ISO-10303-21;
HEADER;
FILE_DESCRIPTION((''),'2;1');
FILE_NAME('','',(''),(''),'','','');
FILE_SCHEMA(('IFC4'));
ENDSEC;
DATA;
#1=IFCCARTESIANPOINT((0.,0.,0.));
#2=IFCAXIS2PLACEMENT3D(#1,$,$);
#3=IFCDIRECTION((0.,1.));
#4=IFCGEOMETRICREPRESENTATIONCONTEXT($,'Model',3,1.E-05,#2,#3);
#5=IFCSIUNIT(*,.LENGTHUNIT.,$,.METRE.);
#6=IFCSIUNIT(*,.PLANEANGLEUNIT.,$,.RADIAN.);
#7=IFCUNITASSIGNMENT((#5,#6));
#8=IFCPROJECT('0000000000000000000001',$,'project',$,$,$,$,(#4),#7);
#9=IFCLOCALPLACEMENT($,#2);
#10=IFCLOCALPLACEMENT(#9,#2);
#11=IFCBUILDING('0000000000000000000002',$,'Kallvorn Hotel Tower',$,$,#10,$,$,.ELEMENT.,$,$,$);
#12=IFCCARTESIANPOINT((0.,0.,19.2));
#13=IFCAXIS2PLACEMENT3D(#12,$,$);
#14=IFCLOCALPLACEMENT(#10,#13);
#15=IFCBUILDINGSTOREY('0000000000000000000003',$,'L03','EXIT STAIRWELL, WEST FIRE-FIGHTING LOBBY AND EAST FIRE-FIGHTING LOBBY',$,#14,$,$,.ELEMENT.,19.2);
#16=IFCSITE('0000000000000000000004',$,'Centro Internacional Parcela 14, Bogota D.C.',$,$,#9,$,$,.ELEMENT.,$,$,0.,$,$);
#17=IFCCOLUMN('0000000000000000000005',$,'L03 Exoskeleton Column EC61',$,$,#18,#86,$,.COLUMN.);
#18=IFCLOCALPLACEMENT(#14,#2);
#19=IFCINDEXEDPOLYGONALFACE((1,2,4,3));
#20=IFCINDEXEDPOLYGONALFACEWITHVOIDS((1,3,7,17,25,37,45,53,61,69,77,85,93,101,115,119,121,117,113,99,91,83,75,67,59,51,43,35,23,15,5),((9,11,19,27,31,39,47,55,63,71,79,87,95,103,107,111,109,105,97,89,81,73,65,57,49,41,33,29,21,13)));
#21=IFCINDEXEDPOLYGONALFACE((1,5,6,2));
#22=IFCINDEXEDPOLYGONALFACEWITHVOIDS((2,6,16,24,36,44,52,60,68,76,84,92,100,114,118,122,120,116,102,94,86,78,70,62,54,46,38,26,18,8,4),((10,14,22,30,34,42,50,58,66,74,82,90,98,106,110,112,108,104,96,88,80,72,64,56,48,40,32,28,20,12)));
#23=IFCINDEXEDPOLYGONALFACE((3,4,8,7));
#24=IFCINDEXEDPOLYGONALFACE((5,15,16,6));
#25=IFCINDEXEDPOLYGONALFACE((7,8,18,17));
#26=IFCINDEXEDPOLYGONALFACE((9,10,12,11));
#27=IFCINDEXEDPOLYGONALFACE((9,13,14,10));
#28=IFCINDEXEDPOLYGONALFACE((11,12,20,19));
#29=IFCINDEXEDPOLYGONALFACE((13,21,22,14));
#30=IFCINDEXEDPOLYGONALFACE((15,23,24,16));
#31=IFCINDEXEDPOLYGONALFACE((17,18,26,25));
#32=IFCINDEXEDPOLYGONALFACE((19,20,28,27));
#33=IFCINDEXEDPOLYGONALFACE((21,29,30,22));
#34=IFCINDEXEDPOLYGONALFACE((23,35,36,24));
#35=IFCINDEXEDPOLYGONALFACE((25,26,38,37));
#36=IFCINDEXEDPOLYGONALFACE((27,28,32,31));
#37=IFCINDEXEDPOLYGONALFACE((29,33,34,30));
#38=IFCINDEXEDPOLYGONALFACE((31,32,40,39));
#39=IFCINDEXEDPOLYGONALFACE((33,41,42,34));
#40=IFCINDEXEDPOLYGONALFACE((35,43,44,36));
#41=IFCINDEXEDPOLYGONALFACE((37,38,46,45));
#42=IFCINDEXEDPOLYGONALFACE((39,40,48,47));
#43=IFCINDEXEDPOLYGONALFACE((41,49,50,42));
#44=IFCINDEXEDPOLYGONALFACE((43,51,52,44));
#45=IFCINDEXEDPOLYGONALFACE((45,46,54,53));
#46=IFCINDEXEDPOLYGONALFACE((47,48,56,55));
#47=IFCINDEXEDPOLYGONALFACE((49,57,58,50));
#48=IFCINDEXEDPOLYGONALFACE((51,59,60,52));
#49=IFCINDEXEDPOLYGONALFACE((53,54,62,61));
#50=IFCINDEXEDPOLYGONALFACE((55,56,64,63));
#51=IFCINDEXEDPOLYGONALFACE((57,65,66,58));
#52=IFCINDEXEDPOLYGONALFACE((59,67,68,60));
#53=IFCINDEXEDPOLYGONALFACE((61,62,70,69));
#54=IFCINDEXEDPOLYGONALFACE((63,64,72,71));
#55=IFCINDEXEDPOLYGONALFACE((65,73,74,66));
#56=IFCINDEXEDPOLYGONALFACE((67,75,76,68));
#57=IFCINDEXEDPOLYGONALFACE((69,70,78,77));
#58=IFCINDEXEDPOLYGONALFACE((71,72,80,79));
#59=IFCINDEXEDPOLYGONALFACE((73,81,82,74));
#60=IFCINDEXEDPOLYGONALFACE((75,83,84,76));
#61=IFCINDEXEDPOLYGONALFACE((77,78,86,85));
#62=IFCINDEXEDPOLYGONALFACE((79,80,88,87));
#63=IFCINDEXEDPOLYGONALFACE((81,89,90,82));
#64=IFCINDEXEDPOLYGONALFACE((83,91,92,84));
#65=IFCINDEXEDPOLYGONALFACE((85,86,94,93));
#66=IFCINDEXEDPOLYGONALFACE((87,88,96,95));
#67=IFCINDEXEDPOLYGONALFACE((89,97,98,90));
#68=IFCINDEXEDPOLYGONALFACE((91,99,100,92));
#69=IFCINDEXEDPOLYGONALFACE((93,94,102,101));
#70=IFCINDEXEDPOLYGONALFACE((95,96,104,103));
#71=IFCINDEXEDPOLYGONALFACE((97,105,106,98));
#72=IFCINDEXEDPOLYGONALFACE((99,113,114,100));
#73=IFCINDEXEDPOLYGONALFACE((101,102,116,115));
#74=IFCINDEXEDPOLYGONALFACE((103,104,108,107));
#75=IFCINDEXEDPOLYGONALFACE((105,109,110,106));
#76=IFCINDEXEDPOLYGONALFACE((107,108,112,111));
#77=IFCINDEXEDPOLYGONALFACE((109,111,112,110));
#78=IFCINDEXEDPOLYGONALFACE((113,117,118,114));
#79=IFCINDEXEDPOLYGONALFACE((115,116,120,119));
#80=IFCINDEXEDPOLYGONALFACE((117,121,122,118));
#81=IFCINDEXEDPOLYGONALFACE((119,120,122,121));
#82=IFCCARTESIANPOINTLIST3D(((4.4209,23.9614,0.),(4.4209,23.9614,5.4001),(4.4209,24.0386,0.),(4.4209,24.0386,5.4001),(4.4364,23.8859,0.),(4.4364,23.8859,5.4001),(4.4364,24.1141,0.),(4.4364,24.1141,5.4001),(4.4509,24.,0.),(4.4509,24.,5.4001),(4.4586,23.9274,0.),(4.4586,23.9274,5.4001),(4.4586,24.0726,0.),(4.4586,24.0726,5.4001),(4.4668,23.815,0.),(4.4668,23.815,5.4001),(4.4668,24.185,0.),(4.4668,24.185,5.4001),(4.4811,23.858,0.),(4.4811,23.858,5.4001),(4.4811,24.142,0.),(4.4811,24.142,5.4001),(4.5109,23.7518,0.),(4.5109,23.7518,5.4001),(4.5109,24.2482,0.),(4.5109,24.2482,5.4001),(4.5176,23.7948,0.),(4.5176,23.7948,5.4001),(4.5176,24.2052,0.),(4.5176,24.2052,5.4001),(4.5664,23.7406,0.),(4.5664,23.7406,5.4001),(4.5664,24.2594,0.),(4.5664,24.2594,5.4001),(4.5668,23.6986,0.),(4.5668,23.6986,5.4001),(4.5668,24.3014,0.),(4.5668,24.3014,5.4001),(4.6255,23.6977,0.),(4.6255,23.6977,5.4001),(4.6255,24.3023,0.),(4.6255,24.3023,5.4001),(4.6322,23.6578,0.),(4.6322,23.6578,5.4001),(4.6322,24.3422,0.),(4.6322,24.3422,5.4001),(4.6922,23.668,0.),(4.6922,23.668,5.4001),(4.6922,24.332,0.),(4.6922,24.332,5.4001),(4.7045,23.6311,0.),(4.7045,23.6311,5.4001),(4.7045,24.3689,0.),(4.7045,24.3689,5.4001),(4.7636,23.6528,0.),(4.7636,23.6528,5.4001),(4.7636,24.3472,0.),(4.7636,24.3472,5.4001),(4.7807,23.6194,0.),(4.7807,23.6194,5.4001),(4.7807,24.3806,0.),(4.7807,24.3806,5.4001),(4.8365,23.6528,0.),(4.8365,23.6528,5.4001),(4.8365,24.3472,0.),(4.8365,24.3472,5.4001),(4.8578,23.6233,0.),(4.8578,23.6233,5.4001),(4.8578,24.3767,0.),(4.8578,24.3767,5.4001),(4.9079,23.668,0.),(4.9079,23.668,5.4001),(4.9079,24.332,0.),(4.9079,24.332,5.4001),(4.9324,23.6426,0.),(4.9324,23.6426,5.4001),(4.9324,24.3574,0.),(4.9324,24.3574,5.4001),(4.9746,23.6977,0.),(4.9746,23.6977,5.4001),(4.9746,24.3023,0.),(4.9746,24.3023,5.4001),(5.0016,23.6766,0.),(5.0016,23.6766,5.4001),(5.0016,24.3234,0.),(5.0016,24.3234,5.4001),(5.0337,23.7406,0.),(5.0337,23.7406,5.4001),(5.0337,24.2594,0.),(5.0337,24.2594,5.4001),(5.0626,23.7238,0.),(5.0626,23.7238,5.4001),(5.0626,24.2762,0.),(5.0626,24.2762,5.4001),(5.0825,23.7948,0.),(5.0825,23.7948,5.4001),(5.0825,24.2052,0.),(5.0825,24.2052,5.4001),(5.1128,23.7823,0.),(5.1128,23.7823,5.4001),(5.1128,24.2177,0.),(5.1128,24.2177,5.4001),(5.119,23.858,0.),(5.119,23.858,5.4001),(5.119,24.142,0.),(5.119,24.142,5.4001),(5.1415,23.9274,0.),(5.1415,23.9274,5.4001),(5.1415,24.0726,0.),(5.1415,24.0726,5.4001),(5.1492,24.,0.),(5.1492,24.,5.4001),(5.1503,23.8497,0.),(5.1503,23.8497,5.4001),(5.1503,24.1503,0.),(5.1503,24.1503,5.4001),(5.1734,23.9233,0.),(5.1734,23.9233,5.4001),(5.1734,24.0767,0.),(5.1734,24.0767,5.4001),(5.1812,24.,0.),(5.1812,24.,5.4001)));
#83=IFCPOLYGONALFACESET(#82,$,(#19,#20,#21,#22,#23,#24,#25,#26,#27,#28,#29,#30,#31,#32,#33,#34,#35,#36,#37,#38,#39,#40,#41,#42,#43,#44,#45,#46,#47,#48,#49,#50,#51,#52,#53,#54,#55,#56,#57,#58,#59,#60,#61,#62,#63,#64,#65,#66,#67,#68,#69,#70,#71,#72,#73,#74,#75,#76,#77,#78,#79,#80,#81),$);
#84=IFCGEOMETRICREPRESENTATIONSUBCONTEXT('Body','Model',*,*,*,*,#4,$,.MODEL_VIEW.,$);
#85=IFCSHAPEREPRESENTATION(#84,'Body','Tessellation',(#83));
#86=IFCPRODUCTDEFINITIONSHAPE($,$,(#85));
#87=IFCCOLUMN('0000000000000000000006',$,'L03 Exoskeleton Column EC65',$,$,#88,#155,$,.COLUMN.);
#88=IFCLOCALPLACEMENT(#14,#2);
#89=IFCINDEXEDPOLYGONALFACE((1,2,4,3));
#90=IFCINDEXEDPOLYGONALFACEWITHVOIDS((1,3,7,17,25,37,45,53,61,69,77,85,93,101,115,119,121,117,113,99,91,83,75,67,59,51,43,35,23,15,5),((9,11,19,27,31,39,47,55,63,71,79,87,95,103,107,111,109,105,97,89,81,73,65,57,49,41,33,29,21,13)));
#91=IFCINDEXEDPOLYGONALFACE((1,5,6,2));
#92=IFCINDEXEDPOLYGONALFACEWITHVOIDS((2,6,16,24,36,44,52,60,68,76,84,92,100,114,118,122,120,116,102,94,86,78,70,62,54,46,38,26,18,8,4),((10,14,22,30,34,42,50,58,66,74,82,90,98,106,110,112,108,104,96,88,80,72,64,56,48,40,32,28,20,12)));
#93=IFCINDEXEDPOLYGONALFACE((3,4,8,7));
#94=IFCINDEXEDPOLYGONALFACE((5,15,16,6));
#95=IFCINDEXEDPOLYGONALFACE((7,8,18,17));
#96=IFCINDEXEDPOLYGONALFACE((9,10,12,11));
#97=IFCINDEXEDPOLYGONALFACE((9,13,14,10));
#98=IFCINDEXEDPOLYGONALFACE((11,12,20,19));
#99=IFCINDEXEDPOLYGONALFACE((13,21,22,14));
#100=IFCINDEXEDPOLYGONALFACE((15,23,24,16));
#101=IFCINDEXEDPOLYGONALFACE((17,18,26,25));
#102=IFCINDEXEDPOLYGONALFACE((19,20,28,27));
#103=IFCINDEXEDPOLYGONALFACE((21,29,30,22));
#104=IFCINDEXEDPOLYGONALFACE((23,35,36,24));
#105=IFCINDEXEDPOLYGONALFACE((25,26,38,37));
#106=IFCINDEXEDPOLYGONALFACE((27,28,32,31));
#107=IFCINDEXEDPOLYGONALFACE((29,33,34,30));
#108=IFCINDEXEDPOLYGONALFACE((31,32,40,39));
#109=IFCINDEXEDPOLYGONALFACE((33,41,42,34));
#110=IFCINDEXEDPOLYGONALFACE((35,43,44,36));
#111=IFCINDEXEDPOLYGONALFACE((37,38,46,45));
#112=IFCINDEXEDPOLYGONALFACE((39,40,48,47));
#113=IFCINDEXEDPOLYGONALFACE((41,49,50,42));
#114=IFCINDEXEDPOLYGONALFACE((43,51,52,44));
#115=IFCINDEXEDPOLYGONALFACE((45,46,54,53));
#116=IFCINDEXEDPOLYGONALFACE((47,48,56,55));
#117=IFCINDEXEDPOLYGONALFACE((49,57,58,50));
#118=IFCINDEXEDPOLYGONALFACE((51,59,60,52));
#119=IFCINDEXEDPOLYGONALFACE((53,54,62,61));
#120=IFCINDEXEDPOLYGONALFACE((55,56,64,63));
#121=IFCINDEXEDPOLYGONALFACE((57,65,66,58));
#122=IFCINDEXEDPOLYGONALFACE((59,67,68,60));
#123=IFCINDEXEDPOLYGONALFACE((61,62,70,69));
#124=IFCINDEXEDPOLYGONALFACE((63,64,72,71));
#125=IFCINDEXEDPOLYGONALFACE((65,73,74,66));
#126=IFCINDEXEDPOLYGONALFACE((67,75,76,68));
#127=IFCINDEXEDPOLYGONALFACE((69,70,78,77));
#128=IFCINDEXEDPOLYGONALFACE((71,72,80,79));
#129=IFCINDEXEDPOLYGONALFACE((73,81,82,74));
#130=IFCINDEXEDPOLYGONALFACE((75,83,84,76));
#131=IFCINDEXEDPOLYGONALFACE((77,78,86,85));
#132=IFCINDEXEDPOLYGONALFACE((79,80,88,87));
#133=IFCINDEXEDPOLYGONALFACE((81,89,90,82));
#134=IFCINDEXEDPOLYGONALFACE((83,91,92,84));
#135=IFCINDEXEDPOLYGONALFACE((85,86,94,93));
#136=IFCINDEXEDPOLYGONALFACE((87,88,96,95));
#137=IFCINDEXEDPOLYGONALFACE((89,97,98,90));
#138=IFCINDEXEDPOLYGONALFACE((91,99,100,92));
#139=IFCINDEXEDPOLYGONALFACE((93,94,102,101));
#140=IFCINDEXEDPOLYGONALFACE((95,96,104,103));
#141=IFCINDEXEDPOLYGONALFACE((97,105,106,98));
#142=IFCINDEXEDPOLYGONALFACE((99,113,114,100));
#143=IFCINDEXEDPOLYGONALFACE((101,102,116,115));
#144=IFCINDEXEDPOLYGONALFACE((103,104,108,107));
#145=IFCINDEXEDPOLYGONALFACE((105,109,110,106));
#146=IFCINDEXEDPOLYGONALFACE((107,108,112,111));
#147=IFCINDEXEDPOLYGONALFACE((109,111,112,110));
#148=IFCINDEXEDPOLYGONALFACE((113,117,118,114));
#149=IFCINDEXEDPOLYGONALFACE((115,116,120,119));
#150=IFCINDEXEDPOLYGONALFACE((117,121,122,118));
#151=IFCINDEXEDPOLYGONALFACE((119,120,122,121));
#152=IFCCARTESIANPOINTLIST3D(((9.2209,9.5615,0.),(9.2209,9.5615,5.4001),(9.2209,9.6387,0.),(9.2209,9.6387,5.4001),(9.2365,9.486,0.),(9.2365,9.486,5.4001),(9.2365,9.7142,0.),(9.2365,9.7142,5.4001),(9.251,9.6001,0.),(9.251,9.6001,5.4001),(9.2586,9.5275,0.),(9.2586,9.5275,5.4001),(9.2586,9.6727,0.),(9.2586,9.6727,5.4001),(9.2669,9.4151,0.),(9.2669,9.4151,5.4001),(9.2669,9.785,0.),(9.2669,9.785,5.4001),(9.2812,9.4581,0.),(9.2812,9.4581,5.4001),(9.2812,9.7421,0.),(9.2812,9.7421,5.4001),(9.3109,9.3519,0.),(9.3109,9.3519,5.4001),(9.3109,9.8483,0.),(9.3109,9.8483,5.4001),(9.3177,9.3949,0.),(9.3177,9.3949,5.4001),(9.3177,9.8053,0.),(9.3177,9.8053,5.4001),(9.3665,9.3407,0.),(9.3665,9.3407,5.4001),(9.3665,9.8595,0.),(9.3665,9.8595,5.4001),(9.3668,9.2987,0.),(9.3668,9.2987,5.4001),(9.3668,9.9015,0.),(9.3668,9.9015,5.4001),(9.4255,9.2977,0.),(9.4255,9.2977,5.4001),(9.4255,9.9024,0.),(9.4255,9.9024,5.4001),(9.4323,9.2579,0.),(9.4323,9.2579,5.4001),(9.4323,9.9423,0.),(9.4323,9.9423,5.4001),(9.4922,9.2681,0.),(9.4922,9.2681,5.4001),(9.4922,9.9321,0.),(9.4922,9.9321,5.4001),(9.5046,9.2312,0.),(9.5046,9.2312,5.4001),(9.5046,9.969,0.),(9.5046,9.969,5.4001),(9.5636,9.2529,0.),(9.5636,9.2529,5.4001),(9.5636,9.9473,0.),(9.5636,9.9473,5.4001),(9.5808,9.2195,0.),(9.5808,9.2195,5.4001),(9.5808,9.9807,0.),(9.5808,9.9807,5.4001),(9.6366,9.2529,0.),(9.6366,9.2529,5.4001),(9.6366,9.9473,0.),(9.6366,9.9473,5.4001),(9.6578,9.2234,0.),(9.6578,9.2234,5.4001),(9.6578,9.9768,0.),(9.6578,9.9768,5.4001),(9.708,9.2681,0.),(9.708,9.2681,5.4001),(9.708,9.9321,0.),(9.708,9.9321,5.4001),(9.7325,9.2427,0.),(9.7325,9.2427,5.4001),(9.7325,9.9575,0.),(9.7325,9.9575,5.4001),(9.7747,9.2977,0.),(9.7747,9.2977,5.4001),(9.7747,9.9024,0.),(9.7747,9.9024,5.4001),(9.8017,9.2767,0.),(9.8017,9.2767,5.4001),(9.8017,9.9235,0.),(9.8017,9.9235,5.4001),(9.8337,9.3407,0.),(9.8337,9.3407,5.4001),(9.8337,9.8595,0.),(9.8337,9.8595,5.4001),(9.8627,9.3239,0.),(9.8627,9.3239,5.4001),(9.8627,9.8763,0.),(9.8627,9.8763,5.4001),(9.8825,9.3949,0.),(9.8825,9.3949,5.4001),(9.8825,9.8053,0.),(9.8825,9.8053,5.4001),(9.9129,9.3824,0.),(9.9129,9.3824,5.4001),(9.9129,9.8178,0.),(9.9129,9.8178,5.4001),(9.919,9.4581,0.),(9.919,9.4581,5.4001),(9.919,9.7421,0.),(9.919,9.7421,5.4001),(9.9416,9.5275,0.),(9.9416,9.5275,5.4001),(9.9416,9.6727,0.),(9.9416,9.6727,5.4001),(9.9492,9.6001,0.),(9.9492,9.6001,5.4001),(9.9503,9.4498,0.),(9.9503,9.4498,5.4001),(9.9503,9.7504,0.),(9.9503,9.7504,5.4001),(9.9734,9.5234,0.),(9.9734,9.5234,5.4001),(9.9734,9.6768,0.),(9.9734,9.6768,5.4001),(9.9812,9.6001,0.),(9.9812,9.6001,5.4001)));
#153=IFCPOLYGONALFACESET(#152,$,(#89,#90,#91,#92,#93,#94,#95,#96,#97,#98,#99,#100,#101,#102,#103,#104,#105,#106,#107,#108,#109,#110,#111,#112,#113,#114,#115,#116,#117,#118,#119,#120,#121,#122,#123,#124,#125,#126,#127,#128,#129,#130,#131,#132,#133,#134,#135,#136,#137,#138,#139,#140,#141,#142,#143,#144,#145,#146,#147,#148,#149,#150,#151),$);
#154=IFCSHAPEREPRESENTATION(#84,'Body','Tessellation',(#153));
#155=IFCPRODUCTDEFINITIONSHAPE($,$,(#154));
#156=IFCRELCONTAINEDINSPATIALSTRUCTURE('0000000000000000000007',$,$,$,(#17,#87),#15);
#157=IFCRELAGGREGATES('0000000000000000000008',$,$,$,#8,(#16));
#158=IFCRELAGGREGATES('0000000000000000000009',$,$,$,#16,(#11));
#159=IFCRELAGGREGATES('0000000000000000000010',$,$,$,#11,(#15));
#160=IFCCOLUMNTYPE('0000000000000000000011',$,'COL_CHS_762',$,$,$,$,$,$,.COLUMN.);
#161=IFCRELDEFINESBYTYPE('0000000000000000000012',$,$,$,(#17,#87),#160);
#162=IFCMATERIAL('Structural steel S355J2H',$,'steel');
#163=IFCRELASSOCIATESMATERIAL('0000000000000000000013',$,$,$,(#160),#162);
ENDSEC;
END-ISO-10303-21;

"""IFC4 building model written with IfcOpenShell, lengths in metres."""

from ifc_helpers import new_model, si_unit, direction, frame, origin, origin_2d, place, context, subcontext, project, spatial, hollow_circle, extrude, material, material_profile, profile_set, type_object, element, save


model = new_model("IFC4")

# Units and contexts
model_context = context("Model", 3, precision=1e-05, world=origin(), true_north=direction((0.0, 1.0)))
body_context = subcontext(model_context, "Body", "Model", "MODEL_VIEW")
ifc_project = project(units=[si_unit("LENGTHUNIT", "METRE"), si_unit("PLANEANGLEUNIT", "RADIAN")], contexts=[model_context])

# Site, building, storey
site_placement = place(None, origin())
site = spatial("IfcSite", under=ifc_project, at=site_placement, Name="Centro Internacional Parcela 14, Bogota D.C.", CompositionType="ELEMENT", RefElevation=0.0)
building_placement = place(site_placement, origin())
building = spatial("IfcBuilding", under=site, at=building_placement, Name="Kallvorn Hotel Tower", CompositionType="ELEMENT")
storey_placement = place(building_placement, frame((0.0, 0.0, 19.2)))
storey = spatial("IfcBuildingStorey", under=building, at=storey_placement, Name="L03", Description="EXIT STAIRWELL, WEST FIRE-FIGHTING LOBBY AND EAST FIRE-FIGHTING LOBBY", CompositionType="ELEMENT", Elevation=19.2)

# Columns
ifc_material_1 = material(Name="Structural steel S355J2H", Category="steel")
ifc_material_profile_1 = material_profile(ifc_material_1, hollow_circle(Radius=0.3811, WallThickness=0.032, at=origin_2d()), Name="CHS 762x32")
ifc_profile_set_1 = profile_set([ifc_material_profile_1], Name="Structural steel S355J2H")
column_type_1 = type_object("IfcColumnType", Name="COL_CHS_762", PredefinedType="COLUMN", material=ifc_profile_set_1)
for number, where, z_axis, x_axis, name in (
    (1, (4.8, 24.0, 0.0), (0.0, 0.0, 1.0), (1.0, 0.0, 0.0), "L03 Exoskeleton Column EC61"),
    (2, (9.6001, 9.6001, 0.0), (0.0, 0.0, 1.0), (1.0, 0.0, 0.0), "L03 Exoskeleton Column EC65"),
):
    element("IfcColumn", number, at=place(storey_placement, frame(where, z_axis=z_axis, x_axis=x_axis)), inside=storey, type_object=column_type_1, Name=name, PredefinedType="COLUMN", context=body_context, shape_type="SweptSolid", body=[
        extrude(hollow_circle(Radius=0.3811, WallThickness=0.032, at=origin_2d()), origin(), (0.0, 0.0, 1.0), 5.4001),
    ])

save(model, "model.ifc")
